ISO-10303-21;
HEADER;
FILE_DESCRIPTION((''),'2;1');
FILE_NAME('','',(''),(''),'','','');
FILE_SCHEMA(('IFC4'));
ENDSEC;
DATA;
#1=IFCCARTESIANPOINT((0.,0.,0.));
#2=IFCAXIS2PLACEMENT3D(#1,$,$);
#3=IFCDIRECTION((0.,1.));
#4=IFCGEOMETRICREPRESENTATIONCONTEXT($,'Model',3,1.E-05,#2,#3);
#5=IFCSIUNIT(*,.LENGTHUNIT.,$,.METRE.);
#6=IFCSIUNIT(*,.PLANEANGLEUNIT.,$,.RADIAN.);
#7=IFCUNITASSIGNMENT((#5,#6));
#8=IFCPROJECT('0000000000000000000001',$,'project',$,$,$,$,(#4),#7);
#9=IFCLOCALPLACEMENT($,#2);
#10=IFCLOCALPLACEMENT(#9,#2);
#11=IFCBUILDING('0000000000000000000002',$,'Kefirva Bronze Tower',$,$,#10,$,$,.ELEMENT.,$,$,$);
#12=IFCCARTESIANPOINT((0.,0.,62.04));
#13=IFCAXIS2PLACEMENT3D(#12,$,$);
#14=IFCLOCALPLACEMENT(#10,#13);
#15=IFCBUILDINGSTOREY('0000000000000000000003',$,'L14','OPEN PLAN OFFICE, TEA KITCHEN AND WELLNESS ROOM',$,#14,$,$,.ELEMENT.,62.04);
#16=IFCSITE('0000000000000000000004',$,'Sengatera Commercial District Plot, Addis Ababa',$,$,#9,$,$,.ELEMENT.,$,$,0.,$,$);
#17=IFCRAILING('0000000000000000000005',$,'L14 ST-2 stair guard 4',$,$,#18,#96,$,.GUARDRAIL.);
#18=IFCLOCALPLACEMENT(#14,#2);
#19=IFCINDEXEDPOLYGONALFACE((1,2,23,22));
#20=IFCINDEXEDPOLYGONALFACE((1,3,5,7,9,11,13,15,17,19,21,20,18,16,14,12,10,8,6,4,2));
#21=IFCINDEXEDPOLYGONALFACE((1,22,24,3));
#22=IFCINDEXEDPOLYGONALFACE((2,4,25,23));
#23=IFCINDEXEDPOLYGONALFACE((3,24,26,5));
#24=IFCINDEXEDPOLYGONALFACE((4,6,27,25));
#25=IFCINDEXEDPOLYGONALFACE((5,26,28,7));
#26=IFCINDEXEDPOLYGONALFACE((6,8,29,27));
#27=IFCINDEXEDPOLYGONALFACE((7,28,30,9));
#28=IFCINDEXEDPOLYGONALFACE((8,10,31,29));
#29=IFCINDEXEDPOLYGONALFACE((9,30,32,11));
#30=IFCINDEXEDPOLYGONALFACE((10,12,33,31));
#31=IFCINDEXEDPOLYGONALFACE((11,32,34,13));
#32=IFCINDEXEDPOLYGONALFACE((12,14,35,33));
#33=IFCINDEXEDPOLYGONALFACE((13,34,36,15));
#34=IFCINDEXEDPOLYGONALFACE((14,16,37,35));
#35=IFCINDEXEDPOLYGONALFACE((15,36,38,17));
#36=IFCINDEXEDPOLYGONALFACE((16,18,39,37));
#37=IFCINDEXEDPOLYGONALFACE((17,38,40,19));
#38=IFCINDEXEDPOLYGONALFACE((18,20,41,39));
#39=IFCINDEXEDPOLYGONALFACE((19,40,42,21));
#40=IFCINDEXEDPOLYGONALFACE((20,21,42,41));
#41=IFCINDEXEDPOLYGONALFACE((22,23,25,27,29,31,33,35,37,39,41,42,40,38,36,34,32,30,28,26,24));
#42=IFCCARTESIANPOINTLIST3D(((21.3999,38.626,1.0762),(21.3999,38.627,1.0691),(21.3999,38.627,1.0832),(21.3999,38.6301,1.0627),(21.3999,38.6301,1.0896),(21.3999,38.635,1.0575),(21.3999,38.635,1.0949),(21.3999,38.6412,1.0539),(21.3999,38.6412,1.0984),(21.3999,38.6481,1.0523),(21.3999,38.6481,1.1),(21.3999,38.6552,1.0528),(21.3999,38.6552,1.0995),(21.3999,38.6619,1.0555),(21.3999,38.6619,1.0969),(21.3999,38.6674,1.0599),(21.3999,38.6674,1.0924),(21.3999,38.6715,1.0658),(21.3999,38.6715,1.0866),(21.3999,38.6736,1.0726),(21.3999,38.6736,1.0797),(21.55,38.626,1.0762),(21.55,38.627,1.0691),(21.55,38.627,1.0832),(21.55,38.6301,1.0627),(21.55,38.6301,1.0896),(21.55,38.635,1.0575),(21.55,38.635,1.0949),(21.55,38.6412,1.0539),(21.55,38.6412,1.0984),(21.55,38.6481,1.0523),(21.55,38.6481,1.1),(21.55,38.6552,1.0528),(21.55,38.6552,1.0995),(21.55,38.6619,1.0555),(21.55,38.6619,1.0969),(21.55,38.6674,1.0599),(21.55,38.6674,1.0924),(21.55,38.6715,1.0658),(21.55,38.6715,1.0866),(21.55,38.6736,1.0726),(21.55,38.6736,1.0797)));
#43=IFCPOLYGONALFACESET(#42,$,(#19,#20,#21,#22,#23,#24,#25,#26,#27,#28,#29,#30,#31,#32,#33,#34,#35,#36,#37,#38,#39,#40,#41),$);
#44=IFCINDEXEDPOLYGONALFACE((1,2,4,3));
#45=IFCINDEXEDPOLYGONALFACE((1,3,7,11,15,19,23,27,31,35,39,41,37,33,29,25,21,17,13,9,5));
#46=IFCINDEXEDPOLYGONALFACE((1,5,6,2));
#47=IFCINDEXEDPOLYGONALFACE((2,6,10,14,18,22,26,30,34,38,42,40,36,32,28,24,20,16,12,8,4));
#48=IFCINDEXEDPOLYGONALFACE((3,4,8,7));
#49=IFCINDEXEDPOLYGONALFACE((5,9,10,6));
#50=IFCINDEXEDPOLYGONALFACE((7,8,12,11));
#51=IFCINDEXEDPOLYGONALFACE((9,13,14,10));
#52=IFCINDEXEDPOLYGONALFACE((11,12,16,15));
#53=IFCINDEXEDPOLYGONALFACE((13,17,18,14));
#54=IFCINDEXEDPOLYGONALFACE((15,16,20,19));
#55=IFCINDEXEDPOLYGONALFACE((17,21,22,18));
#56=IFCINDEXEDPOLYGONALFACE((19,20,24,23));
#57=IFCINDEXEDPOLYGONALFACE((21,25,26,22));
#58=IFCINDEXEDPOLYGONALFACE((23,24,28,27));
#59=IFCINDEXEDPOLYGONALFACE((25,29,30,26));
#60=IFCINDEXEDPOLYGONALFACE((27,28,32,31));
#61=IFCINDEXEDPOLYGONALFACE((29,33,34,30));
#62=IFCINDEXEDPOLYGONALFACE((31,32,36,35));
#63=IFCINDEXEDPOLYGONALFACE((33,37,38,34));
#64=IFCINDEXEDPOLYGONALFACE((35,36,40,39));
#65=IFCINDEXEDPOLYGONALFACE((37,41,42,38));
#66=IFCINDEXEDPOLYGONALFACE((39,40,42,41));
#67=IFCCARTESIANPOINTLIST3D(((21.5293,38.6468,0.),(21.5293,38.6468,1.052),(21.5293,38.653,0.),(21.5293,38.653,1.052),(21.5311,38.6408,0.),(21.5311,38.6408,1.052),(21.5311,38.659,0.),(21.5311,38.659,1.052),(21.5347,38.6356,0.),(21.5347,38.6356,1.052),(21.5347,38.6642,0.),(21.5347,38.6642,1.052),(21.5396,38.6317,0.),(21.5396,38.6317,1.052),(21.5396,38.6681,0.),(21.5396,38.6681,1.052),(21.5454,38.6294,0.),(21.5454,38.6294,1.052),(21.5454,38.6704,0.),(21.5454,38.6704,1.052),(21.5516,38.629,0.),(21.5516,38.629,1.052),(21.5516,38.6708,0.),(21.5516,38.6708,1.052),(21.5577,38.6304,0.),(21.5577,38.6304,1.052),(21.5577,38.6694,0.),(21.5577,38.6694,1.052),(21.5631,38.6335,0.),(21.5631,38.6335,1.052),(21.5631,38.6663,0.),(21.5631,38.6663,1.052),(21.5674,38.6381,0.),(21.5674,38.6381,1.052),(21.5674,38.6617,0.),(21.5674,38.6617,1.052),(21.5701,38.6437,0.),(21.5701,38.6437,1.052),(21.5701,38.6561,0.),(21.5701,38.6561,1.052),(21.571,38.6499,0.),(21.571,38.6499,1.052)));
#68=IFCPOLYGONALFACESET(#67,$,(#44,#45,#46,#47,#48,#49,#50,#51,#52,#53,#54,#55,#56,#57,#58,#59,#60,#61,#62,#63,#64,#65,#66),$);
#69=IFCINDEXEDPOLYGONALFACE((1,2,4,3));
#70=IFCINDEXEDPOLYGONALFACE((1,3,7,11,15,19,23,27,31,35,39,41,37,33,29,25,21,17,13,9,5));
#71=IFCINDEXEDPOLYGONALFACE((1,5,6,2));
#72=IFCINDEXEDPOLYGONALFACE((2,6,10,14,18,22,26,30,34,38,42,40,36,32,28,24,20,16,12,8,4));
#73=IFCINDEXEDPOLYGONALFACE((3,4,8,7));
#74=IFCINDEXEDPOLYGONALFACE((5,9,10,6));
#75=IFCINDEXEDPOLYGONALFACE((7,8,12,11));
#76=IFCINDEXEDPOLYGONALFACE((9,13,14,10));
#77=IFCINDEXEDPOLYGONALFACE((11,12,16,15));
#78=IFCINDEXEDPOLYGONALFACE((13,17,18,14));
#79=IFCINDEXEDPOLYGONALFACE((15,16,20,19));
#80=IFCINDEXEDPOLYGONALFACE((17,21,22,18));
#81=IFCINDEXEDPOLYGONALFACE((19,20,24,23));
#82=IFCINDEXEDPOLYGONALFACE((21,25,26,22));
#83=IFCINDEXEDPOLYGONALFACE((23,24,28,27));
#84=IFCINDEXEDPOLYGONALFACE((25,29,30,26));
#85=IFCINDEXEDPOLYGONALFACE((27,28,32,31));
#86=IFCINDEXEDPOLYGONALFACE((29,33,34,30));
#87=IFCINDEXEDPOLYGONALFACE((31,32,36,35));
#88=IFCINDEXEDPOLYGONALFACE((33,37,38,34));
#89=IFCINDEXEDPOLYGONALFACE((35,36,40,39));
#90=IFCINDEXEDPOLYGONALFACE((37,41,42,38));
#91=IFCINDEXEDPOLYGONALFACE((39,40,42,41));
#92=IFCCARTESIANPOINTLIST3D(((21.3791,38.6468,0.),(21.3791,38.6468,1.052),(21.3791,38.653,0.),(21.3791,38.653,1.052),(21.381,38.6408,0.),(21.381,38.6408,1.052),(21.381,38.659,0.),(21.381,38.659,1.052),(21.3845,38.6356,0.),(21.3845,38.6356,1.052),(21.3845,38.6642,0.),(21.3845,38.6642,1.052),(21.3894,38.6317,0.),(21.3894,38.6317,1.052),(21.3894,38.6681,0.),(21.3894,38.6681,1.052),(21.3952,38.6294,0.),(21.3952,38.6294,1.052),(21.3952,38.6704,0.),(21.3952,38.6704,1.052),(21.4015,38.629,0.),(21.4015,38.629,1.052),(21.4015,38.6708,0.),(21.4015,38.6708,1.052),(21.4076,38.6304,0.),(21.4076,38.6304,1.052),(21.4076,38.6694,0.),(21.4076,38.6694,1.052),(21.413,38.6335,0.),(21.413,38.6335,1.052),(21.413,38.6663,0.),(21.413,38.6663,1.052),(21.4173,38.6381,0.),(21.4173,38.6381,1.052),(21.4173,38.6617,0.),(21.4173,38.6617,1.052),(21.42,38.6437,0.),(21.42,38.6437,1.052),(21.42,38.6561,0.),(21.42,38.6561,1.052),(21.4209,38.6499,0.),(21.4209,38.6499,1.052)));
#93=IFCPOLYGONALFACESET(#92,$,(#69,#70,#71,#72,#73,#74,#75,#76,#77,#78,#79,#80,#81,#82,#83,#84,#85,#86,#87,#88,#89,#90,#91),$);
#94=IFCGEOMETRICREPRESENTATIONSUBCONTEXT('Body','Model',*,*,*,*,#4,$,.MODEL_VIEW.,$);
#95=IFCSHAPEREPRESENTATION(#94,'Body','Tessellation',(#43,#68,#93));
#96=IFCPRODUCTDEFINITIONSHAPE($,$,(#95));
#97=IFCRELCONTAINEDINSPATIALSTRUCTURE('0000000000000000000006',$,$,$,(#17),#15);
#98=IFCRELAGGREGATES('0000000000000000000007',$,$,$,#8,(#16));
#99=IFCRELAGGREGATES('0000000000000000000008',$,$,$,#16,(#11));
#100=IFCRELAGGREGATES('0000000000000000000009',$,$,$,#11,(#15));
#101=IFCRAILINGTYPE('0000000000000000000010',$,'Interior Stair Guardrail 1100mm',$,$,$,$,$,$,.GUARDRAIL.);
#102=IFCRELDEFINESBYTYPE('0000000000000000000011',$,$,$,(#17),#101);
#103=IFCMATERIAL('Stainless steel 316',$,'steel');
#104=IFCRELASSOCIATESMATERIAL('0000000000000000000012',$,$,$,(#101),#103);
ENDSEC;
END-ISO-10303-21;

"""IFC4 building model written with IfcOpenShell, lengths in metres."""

from ifc_helpers import new_model, si_unit, direction, frame, origin, origin_2d, place, context, subcontext, project, spatial, circle, extrude, material, type_object, element, save


model = new_model("IFC4")

# Units and contexts
model_context = context("Model", 3, precision=1e-05, world=origin(), true_north=direction((0.0, 1.0)))
body_context = subcontext(model_context, "Body", "Model", "MODEL_VIEW")
ifc_project = project(units=[si_unit("LENGTHUNIT", "METRE"), si_unit("PLANEANGLEUNIT", "RADIAN")], contexts=[model_context])

# Site, building, storey
site_placement = place(None, origin())
site = spatial("IfcSite", under=ifc_project, at=site_placement, Name="Sengatera Commercial District Plot, Addis Ababa", CompositionType="ELEMENT", RefElevation=0.0)
building_placement = place(site_placement, origin())
building = spatial("IfcBuilding", under=site, at=building_placement, Name="Kefirva Bronze Tower", CompositionType="ELEMENT")
storey_placement = place(building_placement, frame((0.0, 0.0, 62.04)))
storey = spatial("IfcBuildingStorey", under=building, at=storey_placement, Name="L14", Description="OPEN PLAN OFFICE, TEA KITCHEN AND WELLNESS ROOM", CompositionType="ELEMENT", Elevation=62.04)

# Railing
ifc_material_1 = material(Name="Stainless steel 316", Category="steel")
railing_type_1 = type_object("IfcRailingType", Name="Interior Stair Guardrail 1100mm", PredefinedType="GUARDRAIL", material=ifc_material_1)
railing_1_placement = place(storey_placement, frame((21.55, 38.6499, 0.0)))
element("IfcRailing", 1, at=railing_1_placement, inside=storey, type_object=railing_type_1, Name="L14 ST-2 stair guard 4", PredefinedType="GUARDRAIL", context=body_context, shape_type="SweptSolid", body=[
    extrude(circle(Radius=0.0239, at=origin_2d()), frame((0.0, 0.0, 1.0762), z_axis=(-1.0, 0.0, 0.0), x_axis=(0.0, -1.0, 0.0)), (0.0, 0.0, 1.0), 0.1501),
    extrude(circle(Radius=0.021, at=origin_2d()), origin(), (0.0, 0.0, 1.0), 1.052),
    extrude(circle(Radius=0.021, at=origin_2d()), frame((-0.1501, 0.0, 0.0)), (0.0, 0.0, 1.0), 1.052),
])

save(model, "model.ifc")
